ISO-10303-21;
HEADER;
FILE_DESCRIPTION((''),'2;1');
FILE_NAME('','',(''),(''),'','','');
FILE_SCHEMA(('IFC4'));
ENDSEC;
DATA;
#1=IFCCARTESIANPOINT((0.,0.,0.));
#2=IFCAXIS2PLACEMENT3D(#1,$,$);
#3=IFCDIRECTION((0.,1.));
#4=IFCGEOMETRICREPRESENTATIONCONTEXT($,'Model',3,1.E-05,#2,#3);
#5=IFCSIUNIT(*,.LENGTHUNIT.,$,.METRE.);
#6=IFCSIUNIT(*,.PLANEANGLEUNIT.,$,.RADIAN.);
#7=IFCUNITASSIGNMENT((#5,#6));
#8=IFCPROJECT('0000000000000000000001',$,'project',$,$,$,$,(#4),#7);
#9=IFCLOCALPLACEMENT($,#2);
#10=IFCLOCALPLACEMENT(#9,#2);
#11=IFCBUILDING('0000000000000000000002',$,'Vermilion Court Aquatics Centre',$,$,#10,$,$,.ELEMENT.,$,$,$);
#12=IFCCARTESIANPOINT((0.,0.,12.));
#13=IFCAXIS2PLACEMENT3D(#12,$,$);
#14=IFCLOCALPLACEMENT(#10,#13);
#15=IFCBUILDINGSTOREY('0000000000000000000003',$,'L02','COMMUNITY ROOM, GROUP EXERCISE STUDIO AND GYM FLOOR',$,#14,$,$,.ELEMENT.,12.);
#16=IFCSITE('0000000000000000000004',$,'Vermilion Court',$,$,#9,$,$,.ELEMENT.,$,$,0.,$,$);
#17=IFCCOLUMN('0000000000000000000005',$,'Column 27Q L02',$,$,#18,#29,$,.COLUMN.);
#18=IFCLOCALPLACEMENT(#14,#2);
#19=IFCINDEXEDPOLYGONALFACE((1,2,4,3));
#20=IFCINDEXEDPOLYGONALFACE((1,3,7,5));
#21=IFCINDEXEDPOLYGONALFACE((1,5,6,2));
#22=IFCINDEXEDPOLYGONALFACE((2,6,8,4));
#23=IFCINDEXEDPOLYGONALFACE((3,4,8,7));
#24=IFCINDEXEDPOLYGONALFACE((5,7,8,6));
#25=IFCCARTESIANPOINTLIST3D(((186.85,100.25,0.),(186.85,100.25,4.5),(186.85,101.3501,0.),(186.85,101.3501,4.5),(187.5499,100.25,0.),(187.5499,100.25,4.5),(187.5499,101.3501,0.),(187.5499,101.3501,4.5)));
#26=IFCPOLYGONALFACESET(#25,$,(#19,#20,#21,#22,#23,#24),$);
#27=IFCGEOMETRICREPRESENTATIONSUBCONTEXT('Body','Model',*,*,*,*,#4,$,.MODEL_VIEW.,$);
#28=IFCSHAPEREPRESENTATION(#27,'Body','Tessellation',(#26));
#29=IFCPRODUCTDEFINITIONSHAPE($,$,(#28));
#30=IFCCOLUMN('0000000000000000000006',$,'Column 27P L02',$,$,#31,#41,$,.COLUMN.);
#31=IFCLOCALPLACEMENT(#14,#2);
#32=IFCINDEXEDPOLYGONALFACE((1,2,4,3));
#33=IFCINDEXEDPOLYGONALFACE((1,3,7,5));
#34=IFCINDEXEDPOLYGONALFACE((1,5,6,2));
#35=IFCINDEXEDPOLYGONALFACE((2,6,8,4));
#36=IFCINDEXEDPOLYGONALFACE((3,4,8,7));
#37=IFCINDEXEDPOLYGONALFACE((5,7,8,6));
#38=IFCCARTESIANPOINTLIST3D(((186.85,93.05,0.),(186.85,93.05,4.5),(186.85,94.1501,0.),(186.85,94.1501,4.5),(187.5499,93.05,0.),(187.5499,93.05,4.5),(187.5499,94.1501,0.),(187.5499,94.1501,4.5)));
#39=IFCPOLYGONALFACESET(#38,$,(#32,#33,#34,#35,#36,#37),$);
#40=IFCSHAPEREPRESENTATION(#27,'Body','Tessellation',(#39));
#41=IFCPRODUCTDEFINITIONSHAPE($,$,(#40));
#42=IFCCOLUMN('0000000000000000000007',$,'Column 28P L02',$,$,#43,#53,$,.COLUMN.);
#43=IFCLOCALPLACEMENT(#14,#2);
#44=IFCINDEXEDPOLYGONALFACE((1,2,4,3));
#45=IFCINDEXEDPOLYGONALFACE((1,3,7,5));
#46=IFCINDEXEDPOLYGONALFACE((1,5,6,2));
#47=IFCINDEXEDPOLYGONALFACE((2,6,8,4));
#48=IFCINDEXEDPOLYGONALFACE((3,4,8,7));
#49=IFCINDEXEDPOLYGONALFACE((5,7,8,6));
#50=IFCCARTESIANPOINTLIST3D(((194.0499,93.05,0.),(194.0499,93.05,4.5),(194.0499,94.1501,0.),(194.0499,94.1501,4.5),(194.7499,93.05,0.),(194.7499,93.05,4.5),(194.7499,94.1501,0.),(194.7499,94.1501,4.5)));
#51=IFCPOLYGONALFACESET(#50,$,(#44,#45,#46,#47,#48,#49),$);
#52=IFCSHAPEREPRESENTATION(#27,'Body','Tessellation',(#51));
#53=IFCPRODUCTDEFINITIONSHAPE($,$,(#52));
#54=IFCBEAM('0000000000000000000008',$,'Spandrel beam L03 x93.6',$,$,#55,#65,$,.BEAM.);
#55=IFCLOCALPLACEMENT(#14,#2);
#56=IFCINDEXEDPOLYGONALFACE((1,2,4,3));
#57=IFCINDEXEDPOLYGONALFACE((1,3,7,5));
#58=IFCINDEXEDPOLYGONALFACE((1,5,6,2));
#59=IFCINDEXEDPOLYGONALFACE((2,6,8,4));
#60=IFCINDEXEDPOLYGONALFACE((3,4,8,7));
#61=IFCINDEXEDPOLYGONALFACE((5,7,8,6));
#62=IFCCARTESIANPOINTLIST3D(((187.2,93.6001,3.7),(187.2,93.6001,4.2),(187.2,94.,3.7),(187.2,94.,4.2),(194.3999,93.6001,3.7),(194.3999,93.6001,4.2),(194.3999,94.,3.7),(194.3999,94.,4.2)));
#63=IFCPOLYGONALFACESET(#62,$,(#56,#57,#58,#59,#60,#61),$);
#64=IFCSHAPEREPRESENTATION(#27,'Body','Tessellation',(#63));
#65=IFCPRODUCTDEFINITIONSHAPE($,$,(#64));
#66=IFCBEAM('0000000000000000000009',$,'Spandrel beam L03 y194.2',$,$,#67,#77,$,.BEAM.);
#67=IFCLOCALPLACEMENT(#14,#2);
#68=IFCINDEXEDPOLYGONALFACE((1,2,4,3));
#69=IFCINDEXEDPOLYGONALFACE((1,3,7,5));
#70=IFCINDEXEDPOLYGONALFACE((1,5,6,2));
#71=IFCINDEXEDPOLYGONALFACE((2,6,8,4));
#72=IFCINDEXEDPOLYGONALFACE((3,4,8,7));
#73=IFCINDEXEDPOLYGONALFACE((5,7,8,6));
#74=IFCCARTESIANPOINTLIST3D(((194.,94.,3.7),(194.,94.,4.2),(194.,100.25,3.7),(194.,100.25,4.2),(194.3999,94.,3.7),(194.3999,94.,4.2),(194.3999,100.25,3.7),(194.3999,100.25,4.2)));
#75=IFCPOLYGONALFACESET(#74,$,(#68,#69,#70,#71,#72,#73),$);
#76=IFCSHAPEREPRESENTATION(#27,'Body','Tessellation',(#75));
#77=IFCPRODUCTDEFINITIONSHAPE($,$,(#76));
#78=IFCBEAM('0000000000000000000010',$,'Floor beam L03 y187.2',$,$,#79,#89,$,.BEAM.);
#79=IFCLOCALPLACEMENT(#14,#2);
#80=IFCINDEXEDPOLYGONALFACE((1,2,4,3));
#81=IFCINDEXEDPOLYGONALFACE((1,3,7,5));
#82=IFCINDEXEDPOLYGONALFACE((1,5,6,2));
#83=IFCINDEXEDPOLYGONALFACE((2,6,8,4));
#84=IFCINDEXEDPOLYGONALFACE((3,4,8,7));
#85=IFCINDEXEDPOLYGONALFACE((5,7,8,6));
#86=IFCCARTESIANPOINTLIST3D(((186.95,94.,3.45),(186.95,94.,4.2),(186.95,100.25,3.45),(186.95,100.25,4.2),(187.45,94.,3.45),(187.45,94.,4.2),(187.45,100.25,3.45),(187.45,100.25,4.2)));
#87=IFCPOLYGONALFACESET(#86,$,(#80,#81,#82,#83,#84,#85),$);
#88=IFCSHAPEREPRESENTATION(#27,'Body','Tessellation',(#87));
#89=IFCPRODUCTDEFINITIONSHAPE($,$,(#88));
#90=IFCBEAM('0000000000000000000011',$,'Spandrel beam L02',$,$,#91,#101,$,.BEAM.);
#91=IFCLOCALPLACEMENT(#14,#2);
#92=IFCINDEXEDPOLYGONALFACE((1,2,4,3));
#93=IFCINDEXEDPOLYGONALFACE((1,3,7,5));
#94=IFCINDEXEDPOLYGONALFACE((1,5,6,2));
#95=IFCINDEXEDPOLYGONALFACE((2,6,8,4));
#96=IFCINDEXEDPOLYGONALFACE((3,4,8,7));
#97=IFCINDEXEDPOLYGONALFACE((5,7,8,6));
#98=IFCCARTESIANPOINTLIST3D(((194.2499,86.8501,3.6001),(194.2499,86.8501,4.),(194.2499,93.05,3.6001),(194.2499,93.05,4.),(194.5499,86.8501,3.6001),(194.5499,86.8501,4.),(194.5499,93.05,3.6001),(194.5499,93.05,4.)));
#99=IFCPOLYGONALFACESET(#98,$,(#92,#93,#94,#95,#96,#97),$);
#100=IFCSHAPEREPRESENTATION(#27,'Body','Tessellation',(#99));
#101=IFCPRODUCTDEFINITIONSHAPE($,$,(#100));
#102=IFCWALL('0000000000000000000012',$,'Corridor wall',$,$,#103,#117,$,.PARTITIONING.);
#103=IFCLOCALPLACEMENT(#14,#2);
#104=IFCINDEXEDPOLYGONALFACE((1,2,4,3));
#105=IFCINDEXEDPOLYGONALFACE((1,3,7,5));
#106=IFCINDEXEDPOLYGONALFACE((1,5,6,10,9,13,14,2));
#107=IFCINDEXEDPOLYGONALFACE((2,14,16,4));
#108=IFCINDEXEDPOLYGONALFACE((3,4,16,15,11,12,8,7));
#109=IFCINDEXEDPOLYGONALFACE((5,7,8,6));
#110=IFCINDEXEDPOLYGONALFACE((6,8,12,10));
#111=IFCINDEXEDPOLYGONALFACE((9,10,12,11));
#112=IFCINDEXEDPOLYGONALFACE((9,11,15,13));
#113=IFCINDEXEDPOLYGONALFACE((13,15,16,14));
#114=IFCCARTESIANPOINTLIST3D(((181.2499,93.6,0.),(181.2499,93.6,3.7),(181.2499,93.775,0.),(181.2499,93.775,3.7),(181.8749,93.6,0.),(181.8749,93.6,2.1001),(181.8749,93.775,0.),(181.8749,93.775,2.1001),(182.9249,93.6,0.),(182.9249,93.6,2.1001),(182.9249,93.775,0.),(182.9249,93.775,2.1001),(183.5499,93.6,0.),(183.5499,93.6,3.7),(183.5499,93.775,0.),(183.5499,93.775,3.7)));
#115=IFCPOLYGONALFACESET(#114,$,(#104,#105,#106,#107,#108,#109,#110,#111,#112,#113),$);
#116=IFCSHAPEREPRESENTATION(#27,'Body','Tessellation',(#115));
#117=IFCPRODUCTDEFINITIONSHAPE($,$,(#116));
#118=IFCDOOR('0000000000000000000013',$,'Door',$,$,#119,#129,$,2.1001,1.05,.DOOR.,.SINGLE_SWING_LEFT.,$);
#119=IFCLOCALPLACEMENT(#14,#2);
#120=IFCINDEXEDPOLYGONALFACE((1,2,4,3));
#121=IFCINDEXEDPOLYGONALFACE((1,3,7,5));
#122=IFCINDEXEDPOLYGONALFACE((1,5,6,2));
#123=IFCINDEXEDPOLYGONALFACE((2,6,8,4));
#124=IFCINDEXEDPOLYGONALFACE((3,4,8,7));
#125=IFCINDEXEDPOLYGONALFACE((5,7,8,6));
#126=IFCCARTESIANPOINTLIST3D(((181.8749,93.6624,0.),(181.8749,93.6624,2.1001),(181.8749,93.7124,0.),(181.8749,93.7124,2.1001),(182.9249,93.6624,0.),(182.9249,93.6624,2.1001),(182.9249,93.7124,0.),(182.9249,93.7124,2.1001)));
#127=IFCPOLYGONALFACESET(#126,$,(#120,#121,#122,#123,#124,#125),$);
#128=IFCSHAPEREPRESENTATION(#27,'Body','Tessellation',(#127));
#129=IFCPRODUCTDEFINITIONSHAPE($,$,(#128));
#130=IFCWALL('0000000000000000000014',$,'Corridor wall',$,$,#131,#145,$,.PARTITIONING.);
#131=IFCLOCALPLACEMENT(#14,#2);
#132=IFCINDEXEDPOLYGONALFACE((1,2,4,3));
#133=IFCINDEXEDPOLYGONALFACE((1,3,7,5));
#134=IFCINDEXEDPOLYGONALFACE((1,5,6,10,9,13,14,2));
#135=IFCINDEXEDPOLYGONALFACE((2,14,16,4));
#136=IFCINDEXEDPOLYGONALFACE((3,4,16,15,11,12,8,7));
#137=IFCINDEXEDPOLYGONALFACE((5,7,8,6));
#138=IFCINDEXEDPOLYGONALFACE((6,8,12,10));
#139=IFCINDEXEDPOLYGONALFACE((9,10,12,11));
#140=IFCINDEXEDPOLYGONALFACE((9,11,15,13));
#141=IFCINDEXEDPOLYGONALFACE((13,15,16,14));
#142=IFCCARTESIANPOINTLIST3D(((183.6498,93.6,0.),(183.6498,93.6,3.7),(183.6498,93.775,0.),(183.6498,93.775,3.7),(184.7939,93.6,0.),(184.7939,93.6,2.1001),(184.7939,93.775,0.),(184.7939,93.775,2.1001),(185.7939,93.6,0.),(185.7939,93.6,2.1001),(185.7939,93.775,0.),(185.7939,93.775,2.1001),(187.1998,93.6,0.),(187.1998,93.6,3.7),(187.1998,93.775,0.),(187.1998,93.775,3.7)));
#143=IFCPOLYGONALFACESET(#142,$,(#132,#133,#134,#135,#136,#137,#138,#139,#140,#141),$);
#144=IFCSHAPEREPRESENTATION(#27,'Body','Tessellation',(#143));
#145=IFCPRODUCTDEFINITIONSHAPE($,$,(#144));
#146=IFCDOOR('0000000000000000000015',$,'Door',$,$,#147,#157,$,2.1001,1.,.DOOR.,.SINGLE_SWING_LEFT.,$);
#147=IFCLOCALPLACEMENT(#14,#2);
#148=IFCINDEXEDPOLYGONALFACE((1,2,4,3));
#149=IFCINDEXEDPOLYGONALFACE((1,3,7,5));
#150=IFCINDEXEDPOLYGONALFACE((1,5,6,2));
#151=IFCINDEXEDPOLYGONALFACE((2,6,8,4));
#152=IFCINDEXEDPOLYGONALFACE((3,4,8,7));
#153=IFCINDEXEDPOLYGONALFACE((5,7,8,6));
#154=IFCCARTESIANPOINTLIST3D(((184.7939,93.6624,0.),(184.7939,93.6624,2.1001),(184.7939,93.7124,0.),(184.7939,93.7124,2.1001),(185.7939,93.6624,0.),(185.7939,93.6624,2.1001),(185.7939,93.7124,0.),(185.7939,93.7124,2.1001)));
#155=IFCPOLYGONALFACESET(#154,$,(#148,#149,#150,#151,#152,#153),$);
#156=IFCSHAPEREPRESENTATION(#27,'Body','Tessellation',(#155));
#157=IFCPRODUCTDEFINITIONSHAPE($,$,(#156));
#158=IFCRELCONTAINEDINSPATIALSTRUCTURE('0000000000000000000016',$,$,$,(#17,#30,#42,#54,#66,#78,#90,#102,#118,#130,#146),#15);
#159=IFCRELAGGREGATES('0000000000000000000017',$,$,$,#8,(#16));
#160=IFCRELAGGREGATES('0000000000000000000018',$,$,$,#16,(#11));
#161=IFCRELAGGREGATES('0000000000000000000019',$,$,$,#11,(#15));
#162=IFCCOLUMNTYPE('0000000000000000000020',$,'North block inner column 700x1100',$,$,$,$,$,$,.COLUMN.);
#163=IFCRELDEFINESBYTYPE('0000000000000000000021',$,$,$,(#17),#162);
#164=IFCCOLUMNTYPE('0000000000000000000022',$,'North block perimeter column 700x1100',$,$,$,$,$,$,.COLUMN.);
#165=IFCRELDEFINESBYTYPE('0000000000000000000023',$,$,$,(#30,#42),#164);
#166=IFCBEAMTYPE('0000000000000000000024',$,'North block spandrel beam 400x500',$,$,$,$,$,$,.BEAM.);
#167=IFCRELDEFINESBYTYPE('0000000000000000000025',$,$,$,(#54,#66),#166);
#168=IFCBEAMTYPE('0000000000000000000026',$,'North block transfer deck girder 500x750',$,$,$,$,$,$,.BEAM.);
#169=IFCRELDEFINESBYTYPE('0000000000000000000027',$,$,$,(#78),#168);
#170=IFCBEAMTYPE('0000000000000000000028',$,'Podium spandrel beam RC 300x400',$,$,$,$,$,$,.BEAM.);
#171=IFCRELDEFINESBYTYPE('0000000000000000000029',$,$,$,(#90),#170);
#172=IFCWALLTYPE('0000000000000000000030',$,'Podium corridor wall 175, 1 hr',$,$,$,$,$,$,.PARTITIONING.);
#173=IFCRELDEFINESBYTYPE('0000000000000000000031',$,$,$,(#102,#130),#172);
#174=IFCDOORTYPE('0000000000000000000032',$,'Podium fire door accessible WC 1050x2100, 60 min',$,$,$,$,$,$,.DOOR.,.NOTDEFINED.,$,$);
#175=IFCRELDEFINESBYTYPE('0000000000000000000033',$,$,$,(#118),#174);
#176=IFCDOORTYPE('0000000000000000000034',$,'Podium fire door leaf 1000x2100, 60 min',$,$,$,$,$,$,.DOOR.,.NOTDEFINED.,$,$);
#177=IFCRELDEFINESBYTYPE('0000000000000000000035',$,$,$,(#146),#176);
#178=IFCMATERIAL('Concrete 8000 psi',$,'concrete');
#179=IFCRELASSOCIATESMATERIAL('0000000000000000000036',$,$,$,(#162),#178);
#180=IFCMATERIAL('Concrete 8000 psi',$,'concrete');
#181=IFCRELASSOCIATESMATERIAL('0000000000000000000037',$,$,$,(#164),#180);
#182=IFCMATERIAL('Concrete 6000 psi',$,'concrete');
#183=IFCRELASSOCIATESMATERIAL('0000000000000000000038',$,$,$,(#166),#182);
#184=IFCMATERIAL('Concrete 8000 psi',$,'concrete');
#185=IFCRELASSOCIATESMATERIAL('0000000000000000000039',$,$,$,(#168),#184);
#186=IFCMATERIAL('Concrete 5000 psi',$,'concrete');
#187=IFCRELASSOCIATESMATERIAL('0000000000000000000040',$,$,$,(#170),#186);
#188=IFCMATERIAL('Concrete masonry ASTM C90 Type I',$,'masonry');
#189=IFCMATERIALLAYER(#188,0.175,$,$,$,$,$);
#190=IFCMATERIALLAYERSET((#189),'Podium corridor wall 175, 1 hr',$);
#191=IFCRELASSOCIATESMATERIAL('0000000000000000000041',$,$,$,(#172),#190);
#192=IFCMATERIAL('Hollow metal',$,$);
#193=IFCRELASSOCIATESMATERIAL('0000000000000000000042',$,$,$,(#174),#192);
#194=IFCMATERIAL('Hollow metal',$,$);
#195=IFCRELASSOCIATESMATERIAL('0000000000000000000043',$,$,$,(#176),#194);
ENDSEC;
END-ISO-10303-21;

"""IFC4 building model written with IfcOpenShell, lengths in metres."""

from ifc_helpers import new_model, si_unit, direction, frame, frame_2d, origin, origin_2d, place, context, subcontext, project, spatial, rectangle, extrude, material, layer, layer_set, material_profile, profile_set, type_object, element, fill, save


model = new_model("IFC4")

# Units and contexts
model_context = context("Model", 3, precision=1e-05, world=origin(), true_north=direction((0.0, 1.0)))
body_context = subcontext(model_context, "Body", "Model", "MODEL_VIEW")
ifc_project = project(units=[si_unit("LENGTHUNIT", "METRE"), si_unit("PLANEANGLEUNIT", "RADIAN")], contexts=[model_context])

# Site, building, storey
site_placement = place(None, origin())
site = spatial("IfcSite", under=ifc_project, at=site_placement, Name="Vermilion Court", CompositionType="ELEMENT", RefElevation=0.0)
building_placement = place(site_placement, origin())
building = spatial("IfcBuilding", under=site, at=building_placement, Name="Vermilion Court Aquatics Centre", CompositionType="ELEMENT")
storey_placement = place(building_placement, frame((0.0, 0.0, 12.0)))
storey = spatial("IfcBuildingStorey", under=building, at=storey_placement, Name="L02", Description="COMMUNITY ROOM, GROUP EXERCISE STUDIO AND GYM FLOOR", CompositionType="ELEMENT", Elevation=12.0)

# Columns
ifc_material_1 = material(Name="Concrete 8000 psi", Category="concrete")
ifc_material_profile_1 = material_profile(ifc_material_1, rectangle(XDim=0.7, YDim=1.1001, at=origin_2d()), Name="RC 700x1100")
ifc_profile_set_1 = profile_set([ifc_material_profile_1], Name="Concrete 8000 psi")
column_type_1 = type_object("IfcColumnType", Name="North block inner column 700x1100", PredefinedType="COLUMN", material=ifc_profile_set_1)
column_placement = place(storey_placement, frame((187.2, 100.8, 0.0), z_axis=(0.0, 0.0, 1.0), x_axis=(1.0, 0.0, 0.0)))
element("IfcColumn", 1, at=column_placement, inside=storey, type_object=column_type_1, Name="Column 27Q L02", PredefinedType="COLUMN", context=body_context, shape_type="SweptSolid", body=[
    extrude(rectangle(XDim=0.7, YDim=1.1001, at=origin_2d()), origin(), (0.0, 0.0, 1.0), 4.5),
])
ifc_material_2 = material(Name="Concrete 8000 psi", Category="concrete")
ifc_material_profile_2 = material_profile(ifc_material_2, rectangle(XDim=0.7, YDim=1.1001, at=origin_2d()), Name="RC 700x1100")
ifc_profile_set_2 = profile_set([ifc_material_profile_2], Name="Concrete 8000 psi")
column_type_2 = type_object("IfcColumnType", Name="North block perimeter column 700x1100", PredefinedType="COLUMN", material=ifc_profile_set_2)
for number, where, z_axis, x_axis, name in (
    (2, (187.2, 93.6001, 0.0), (0.0, 0.0, 1.0), (1.0, 0.0, 0.0), "Column 27P L02"),
    (3, (194.3999, 93.6001, 0.0), (0.0, 0.0, 1.0), (1.0, 0.0, 0.0), "Column 28P L02"),
):
    element("IfcColumn", number, at=place(storey_placement, frame(where, z_axis=z_axis, x_axis=x_axis)), inside=storey, type_object=column_type_2, Name=name, PredefinedType="COLUMN", context=body_context, shape_type="SweptSolid", body=[
        extrude(rectangle(XDim=0.7, YDim=1.1001, at=origin_2d()), origin(), (0.0, 0.0, 1.0), 4.5),
    ])

# Beams
ifc_material_3 = material(Name="Concrete 6000 psi", Category="concrete")
ifc_material_profile_3 = material_profile(ifc_material_3, rectangle(XDim=0.3999, YDim=0.5, at=origin_2d()), Name="RC 400x500")
ifc_profile_set_3 = profile_set([ifc_material_profile_3], Name="Concrete 6000 psi")
beam_type_1 = type_object("IfcBeamType", Name="North block spandrel beam 400x500", PredefinedType="BEAM", material=ifc_profile_set_3)
beam_1_placement = place(storey_placement, frame((187.2, 93.8, 3.95), z_axis=(1.0, 0.0, 0.0), x_axis=(0.0, 1.0, 0.0)))
element("IfcBeam", 4, at=beam_1_placement, inside=storey, type_object=beam_type_1, Name="Spandrel beam L03 x93.6", PredefinedType="BEAM", context=body_context, shape_type="SweptSolid", body=[
    extrude(rectangle(XDim=0.3999, YDim=0.5, at=origin_2d()), origin(), (0.0, 0.0, 1.0), 7.2),
])
beam_2_placement = place(storey_placement, frame((194.2, 94.0, 3.95), z_axis=(0.0, 1.0, 0.0), x_axis=(-1.0, 0.0, 0.0)))
element("IfcBeam", 5, at=beam_2_placement, inside=storey, type_object=beam_type_1, Name="Spandrel beam L03 y194.2", PredefinedType="BEAM", context=body_context, shape_type="SweptSolid", body=[
    extrude(rectangle(XDim=0.3999, YDim=0.5, at=origin_2d()), origin(), (0.0, 0.0, 1.0), 6.25),
])
ifc_material_4 = material(Name="Concrete 8000 psi", Category="concrete")
ifc_material_profile_4 = material_profile(ifc_material_4, rectangle(XDim=0.5, YDim=0.75, at=origin_2d()), Name="RC 500x750")
ifc_profile_set_4 = profile_set([ifc_material_profile_4], Name="Concrete 8000 psi")
beam_type_2 = type_object("IfcBeamType", Name="North block transfer deck girder 500x750", PredefinedType="BEAM", material=ifc_profile_set_4)
beam_3_placement = place(storey_placement, frame((187.2, 94.0, 3.825), z_axis=(0.0, 1.0, 0.0), x_axis=(-1.0, 0.0, 0.0)))
element("IfcBeam", 6, at=beam_3_placement, inside=storey, type_object=beam_type_2, Name="Floor beam L03 y187.2", PredefinedType="BEAM", context=body_context, shape_type="SweptSolid", body=[
    extrude(rectangle(XDim=0.5, YDim=0.75, at=origin_2d()), origin(), (0.0, 0.0, 1.0), 6.25),
])
ifc_material_5 = material(Name="Concrete 5000 psi", Category="concrete")
ifc_material_profile_5 = material_profile(ifc_material_5, rectangle(XDim=0.3, YDim=0.3999, at=origin_2d()), Name="RC 300x400")
ifc_profile_set_5 = profile_set([ifc_material_profile_5], Name="Concrete 5000 psi")
beam_type_3 = type_object("IfcBeamType", Name="Podium spandrel beam RC 300x400", PredefinedType="BEAM", material=ifc_profile_set_5)
beam_4_placement = place(storey_placement, frame((194.3999, 86.8501, 3.8), z_axis=(0.0, 1.0, 0.0), x_axis=(-1.0, 0.0, 0.0)))
element("IfcBeam", 7, at=beam_4_placement, inside=storey, type_object=beam_type_3, Name="Spandrel beam L02", PredefinedType="BEAM", context=body_context, shape_type="SweptSolid", body=[
    extrude(rectangle(XDim=0.3, YDim=0.3999, at=origin_2d()), origin(), (0.0, 0.0, 1.0), 6.2),
])

# Walls, openings, doors
ifc_material_6 = material(Name="Concrete masonry ASTM C90 Type I", Category="masonry")
ifc_layer_1 = layer(ifc_material_6, 0.175)
ifc_layer_set_1 = layer_set([ifc_layer_1], Name="Podium corridor wall 175, 1 hr")
wall_type_1 = type_object("IfcWallType", Name="Podium corridor wall 175, 1 hr", PredefinedType="PARTITIONING", material=ifc_layer_set_1)
wall_1_placement = place(storey_placement, frame((181.25, 93.6875, 0.0), z_axis=(0.0, 0.0, 1.0), x_axis=(1.0, 0.0, 0.0)))
wall_1 = element("IfcWall", 8, at=wall_1_placement, inside=storey, type_object=wall_type_1, Name="Corridor wall", PredefinedType="PARTITIONING", context=body_context, shape_type="SweptSolid", body=[
    extrude(rectangle(XDim=2.3, YDim=0.175, at=frame_2d((1.1499, 0.0))), origin(), (0.0, 0.0, 1.0), 3.7),
])
opening_1_placement = place(wall_1_placement, frame((0.625, 0.0, 0.0)))
opening_1 = element("IfcOpeningElement", 9, at=opening_1_placement, cuts=wall_1, PredefinedType="OPENING", context=body_context, shape_type="SweptSolid", body=[
    extrude(rectangle(XDim=1.05, YDim=2.1001, at=frame_2d((0.5249, 1.05))), frame((0.0, 0.0974, 0.0), z_axis=(0.0, -1.0, 0.0), x_axis=(1.0, 0.0, 0.0)), (0.0, 0.0, 1.0), 0.1951),
])
ifc_material_7 = material(Name="Hollow metal")
door_type_1 = type_object("IfcDoorType", Name="Podium fire door accessible WC 1050x2100, 60 min", OperationType="NOTDEFINED", PredefinedType="DOOR", material=ifc_material_7)
door_1_placement = place(opening_1_placement, frame((1.05, 0.0, 0.0), z_axis=(0.0, 0.0, 1.0), x_axis=(-1.0, 0.0, 0.0)))
door_1 = element("IfcDoor", 10, at=door_1_placement, inside=storey, type_object=door_type_1, Name="Door", OperationType="SINGLE_SWING_LEFT", OverallHeight=2.1001, OverallWidth=1.05, PredefinedType="DOOR", context=body_context, shape_type="SweptSolid", body=[
    extrude(rectangle(XDim=1.05, YDim=2.1001, at=frame_2d((0.5251, 1.05))), frame((0.0, 0.0251, 0.0), z_axis=(0.0, -1.0, 0.0), x_axis=(1.0, 0.0, 0.0)), (0.0, 0.0, 1.0), 0.05),
])
fill(opening_1, door_1)
wall_2_placement = place(storey_placement, frame((183.6499, 93.6875, 0.0), z_axis=(0.0, 0.0, 1.0), x_axis=(1.0, 0.0, 0.0)))
wall_2 = element("IfcWall", 11, at=wall_2_placement, inside=storey, type_object=wall_type_1, Name="Corridor wall", PredefinedType="PARTITIONING", context=body_context, shape_type="SweptSolid", body=[
    extrude(rectangle(XDim=3.55, YDim=0.175, at=frame_2d((1.7749, 0.0))), origin(), (0.0, 0.0, 1.0), 3.7),
])
opening_2_placement = place(wall_2_placement, frame((1.144, 0.0, 0.0)))
opening_2 = element("IfcOpeningElement", 12, at=opening_2_placement, cuts=wall_2, PredefinedType="OPENING", context=body_context, shape_type="SweptSolid", body=[
    extrude(rectangle(XDim=1.0, YDim=2.1001, at=frame_2d((0.5, 1.05))), frame((0.0, 0.0974, 0.0), z_axis=(0.0, -1.0, 0.0), x_axis=(1.0, 0.0, 0.0)), (0.0, 0.0, 1.0), 0.1951),
])
ifc_material_8 = material(Name="Hollow metal")
door_type_2 = type_object("IfcDoorType", Name="Podium fire door leaf 1000x2100, 60 min", OperationType="NOTDEFINED", PredefinedType="DOOR", material=ifc_material_8)
door_2_placement = place(opening_2_placement, frame((1.0, 0.0, 0.0), z_axis=(0.0, 0.0, 1.0), x_axis=(-1.0, 0.0, 0.0)))
door_2 = element("IfcDoor", 13, at=door_2_placement, inside=storey, type_object=door_type_2, Name="Door", OperationType="SINGLE_SWING_LEFT", OverallHeight=2.1001, OverallWidth=1.0, PredefinedType="DOOR", context=body_context, shape_type="SweptSolid", body=[
    extrude(rectangle(XDim=1.0, YDim=2.1001, at=frame_2d((0.5, 1.05))), frame((0.0, 0.0251, 0.0), z_axis=(0.0, -1.0, 0.0), x_axis=(1.0, 0.0, 0.0)), (0.0, 0.0, 1.0), 0.05),
])
fill(opening_2, door_2)

save(model, "model.ifc")
